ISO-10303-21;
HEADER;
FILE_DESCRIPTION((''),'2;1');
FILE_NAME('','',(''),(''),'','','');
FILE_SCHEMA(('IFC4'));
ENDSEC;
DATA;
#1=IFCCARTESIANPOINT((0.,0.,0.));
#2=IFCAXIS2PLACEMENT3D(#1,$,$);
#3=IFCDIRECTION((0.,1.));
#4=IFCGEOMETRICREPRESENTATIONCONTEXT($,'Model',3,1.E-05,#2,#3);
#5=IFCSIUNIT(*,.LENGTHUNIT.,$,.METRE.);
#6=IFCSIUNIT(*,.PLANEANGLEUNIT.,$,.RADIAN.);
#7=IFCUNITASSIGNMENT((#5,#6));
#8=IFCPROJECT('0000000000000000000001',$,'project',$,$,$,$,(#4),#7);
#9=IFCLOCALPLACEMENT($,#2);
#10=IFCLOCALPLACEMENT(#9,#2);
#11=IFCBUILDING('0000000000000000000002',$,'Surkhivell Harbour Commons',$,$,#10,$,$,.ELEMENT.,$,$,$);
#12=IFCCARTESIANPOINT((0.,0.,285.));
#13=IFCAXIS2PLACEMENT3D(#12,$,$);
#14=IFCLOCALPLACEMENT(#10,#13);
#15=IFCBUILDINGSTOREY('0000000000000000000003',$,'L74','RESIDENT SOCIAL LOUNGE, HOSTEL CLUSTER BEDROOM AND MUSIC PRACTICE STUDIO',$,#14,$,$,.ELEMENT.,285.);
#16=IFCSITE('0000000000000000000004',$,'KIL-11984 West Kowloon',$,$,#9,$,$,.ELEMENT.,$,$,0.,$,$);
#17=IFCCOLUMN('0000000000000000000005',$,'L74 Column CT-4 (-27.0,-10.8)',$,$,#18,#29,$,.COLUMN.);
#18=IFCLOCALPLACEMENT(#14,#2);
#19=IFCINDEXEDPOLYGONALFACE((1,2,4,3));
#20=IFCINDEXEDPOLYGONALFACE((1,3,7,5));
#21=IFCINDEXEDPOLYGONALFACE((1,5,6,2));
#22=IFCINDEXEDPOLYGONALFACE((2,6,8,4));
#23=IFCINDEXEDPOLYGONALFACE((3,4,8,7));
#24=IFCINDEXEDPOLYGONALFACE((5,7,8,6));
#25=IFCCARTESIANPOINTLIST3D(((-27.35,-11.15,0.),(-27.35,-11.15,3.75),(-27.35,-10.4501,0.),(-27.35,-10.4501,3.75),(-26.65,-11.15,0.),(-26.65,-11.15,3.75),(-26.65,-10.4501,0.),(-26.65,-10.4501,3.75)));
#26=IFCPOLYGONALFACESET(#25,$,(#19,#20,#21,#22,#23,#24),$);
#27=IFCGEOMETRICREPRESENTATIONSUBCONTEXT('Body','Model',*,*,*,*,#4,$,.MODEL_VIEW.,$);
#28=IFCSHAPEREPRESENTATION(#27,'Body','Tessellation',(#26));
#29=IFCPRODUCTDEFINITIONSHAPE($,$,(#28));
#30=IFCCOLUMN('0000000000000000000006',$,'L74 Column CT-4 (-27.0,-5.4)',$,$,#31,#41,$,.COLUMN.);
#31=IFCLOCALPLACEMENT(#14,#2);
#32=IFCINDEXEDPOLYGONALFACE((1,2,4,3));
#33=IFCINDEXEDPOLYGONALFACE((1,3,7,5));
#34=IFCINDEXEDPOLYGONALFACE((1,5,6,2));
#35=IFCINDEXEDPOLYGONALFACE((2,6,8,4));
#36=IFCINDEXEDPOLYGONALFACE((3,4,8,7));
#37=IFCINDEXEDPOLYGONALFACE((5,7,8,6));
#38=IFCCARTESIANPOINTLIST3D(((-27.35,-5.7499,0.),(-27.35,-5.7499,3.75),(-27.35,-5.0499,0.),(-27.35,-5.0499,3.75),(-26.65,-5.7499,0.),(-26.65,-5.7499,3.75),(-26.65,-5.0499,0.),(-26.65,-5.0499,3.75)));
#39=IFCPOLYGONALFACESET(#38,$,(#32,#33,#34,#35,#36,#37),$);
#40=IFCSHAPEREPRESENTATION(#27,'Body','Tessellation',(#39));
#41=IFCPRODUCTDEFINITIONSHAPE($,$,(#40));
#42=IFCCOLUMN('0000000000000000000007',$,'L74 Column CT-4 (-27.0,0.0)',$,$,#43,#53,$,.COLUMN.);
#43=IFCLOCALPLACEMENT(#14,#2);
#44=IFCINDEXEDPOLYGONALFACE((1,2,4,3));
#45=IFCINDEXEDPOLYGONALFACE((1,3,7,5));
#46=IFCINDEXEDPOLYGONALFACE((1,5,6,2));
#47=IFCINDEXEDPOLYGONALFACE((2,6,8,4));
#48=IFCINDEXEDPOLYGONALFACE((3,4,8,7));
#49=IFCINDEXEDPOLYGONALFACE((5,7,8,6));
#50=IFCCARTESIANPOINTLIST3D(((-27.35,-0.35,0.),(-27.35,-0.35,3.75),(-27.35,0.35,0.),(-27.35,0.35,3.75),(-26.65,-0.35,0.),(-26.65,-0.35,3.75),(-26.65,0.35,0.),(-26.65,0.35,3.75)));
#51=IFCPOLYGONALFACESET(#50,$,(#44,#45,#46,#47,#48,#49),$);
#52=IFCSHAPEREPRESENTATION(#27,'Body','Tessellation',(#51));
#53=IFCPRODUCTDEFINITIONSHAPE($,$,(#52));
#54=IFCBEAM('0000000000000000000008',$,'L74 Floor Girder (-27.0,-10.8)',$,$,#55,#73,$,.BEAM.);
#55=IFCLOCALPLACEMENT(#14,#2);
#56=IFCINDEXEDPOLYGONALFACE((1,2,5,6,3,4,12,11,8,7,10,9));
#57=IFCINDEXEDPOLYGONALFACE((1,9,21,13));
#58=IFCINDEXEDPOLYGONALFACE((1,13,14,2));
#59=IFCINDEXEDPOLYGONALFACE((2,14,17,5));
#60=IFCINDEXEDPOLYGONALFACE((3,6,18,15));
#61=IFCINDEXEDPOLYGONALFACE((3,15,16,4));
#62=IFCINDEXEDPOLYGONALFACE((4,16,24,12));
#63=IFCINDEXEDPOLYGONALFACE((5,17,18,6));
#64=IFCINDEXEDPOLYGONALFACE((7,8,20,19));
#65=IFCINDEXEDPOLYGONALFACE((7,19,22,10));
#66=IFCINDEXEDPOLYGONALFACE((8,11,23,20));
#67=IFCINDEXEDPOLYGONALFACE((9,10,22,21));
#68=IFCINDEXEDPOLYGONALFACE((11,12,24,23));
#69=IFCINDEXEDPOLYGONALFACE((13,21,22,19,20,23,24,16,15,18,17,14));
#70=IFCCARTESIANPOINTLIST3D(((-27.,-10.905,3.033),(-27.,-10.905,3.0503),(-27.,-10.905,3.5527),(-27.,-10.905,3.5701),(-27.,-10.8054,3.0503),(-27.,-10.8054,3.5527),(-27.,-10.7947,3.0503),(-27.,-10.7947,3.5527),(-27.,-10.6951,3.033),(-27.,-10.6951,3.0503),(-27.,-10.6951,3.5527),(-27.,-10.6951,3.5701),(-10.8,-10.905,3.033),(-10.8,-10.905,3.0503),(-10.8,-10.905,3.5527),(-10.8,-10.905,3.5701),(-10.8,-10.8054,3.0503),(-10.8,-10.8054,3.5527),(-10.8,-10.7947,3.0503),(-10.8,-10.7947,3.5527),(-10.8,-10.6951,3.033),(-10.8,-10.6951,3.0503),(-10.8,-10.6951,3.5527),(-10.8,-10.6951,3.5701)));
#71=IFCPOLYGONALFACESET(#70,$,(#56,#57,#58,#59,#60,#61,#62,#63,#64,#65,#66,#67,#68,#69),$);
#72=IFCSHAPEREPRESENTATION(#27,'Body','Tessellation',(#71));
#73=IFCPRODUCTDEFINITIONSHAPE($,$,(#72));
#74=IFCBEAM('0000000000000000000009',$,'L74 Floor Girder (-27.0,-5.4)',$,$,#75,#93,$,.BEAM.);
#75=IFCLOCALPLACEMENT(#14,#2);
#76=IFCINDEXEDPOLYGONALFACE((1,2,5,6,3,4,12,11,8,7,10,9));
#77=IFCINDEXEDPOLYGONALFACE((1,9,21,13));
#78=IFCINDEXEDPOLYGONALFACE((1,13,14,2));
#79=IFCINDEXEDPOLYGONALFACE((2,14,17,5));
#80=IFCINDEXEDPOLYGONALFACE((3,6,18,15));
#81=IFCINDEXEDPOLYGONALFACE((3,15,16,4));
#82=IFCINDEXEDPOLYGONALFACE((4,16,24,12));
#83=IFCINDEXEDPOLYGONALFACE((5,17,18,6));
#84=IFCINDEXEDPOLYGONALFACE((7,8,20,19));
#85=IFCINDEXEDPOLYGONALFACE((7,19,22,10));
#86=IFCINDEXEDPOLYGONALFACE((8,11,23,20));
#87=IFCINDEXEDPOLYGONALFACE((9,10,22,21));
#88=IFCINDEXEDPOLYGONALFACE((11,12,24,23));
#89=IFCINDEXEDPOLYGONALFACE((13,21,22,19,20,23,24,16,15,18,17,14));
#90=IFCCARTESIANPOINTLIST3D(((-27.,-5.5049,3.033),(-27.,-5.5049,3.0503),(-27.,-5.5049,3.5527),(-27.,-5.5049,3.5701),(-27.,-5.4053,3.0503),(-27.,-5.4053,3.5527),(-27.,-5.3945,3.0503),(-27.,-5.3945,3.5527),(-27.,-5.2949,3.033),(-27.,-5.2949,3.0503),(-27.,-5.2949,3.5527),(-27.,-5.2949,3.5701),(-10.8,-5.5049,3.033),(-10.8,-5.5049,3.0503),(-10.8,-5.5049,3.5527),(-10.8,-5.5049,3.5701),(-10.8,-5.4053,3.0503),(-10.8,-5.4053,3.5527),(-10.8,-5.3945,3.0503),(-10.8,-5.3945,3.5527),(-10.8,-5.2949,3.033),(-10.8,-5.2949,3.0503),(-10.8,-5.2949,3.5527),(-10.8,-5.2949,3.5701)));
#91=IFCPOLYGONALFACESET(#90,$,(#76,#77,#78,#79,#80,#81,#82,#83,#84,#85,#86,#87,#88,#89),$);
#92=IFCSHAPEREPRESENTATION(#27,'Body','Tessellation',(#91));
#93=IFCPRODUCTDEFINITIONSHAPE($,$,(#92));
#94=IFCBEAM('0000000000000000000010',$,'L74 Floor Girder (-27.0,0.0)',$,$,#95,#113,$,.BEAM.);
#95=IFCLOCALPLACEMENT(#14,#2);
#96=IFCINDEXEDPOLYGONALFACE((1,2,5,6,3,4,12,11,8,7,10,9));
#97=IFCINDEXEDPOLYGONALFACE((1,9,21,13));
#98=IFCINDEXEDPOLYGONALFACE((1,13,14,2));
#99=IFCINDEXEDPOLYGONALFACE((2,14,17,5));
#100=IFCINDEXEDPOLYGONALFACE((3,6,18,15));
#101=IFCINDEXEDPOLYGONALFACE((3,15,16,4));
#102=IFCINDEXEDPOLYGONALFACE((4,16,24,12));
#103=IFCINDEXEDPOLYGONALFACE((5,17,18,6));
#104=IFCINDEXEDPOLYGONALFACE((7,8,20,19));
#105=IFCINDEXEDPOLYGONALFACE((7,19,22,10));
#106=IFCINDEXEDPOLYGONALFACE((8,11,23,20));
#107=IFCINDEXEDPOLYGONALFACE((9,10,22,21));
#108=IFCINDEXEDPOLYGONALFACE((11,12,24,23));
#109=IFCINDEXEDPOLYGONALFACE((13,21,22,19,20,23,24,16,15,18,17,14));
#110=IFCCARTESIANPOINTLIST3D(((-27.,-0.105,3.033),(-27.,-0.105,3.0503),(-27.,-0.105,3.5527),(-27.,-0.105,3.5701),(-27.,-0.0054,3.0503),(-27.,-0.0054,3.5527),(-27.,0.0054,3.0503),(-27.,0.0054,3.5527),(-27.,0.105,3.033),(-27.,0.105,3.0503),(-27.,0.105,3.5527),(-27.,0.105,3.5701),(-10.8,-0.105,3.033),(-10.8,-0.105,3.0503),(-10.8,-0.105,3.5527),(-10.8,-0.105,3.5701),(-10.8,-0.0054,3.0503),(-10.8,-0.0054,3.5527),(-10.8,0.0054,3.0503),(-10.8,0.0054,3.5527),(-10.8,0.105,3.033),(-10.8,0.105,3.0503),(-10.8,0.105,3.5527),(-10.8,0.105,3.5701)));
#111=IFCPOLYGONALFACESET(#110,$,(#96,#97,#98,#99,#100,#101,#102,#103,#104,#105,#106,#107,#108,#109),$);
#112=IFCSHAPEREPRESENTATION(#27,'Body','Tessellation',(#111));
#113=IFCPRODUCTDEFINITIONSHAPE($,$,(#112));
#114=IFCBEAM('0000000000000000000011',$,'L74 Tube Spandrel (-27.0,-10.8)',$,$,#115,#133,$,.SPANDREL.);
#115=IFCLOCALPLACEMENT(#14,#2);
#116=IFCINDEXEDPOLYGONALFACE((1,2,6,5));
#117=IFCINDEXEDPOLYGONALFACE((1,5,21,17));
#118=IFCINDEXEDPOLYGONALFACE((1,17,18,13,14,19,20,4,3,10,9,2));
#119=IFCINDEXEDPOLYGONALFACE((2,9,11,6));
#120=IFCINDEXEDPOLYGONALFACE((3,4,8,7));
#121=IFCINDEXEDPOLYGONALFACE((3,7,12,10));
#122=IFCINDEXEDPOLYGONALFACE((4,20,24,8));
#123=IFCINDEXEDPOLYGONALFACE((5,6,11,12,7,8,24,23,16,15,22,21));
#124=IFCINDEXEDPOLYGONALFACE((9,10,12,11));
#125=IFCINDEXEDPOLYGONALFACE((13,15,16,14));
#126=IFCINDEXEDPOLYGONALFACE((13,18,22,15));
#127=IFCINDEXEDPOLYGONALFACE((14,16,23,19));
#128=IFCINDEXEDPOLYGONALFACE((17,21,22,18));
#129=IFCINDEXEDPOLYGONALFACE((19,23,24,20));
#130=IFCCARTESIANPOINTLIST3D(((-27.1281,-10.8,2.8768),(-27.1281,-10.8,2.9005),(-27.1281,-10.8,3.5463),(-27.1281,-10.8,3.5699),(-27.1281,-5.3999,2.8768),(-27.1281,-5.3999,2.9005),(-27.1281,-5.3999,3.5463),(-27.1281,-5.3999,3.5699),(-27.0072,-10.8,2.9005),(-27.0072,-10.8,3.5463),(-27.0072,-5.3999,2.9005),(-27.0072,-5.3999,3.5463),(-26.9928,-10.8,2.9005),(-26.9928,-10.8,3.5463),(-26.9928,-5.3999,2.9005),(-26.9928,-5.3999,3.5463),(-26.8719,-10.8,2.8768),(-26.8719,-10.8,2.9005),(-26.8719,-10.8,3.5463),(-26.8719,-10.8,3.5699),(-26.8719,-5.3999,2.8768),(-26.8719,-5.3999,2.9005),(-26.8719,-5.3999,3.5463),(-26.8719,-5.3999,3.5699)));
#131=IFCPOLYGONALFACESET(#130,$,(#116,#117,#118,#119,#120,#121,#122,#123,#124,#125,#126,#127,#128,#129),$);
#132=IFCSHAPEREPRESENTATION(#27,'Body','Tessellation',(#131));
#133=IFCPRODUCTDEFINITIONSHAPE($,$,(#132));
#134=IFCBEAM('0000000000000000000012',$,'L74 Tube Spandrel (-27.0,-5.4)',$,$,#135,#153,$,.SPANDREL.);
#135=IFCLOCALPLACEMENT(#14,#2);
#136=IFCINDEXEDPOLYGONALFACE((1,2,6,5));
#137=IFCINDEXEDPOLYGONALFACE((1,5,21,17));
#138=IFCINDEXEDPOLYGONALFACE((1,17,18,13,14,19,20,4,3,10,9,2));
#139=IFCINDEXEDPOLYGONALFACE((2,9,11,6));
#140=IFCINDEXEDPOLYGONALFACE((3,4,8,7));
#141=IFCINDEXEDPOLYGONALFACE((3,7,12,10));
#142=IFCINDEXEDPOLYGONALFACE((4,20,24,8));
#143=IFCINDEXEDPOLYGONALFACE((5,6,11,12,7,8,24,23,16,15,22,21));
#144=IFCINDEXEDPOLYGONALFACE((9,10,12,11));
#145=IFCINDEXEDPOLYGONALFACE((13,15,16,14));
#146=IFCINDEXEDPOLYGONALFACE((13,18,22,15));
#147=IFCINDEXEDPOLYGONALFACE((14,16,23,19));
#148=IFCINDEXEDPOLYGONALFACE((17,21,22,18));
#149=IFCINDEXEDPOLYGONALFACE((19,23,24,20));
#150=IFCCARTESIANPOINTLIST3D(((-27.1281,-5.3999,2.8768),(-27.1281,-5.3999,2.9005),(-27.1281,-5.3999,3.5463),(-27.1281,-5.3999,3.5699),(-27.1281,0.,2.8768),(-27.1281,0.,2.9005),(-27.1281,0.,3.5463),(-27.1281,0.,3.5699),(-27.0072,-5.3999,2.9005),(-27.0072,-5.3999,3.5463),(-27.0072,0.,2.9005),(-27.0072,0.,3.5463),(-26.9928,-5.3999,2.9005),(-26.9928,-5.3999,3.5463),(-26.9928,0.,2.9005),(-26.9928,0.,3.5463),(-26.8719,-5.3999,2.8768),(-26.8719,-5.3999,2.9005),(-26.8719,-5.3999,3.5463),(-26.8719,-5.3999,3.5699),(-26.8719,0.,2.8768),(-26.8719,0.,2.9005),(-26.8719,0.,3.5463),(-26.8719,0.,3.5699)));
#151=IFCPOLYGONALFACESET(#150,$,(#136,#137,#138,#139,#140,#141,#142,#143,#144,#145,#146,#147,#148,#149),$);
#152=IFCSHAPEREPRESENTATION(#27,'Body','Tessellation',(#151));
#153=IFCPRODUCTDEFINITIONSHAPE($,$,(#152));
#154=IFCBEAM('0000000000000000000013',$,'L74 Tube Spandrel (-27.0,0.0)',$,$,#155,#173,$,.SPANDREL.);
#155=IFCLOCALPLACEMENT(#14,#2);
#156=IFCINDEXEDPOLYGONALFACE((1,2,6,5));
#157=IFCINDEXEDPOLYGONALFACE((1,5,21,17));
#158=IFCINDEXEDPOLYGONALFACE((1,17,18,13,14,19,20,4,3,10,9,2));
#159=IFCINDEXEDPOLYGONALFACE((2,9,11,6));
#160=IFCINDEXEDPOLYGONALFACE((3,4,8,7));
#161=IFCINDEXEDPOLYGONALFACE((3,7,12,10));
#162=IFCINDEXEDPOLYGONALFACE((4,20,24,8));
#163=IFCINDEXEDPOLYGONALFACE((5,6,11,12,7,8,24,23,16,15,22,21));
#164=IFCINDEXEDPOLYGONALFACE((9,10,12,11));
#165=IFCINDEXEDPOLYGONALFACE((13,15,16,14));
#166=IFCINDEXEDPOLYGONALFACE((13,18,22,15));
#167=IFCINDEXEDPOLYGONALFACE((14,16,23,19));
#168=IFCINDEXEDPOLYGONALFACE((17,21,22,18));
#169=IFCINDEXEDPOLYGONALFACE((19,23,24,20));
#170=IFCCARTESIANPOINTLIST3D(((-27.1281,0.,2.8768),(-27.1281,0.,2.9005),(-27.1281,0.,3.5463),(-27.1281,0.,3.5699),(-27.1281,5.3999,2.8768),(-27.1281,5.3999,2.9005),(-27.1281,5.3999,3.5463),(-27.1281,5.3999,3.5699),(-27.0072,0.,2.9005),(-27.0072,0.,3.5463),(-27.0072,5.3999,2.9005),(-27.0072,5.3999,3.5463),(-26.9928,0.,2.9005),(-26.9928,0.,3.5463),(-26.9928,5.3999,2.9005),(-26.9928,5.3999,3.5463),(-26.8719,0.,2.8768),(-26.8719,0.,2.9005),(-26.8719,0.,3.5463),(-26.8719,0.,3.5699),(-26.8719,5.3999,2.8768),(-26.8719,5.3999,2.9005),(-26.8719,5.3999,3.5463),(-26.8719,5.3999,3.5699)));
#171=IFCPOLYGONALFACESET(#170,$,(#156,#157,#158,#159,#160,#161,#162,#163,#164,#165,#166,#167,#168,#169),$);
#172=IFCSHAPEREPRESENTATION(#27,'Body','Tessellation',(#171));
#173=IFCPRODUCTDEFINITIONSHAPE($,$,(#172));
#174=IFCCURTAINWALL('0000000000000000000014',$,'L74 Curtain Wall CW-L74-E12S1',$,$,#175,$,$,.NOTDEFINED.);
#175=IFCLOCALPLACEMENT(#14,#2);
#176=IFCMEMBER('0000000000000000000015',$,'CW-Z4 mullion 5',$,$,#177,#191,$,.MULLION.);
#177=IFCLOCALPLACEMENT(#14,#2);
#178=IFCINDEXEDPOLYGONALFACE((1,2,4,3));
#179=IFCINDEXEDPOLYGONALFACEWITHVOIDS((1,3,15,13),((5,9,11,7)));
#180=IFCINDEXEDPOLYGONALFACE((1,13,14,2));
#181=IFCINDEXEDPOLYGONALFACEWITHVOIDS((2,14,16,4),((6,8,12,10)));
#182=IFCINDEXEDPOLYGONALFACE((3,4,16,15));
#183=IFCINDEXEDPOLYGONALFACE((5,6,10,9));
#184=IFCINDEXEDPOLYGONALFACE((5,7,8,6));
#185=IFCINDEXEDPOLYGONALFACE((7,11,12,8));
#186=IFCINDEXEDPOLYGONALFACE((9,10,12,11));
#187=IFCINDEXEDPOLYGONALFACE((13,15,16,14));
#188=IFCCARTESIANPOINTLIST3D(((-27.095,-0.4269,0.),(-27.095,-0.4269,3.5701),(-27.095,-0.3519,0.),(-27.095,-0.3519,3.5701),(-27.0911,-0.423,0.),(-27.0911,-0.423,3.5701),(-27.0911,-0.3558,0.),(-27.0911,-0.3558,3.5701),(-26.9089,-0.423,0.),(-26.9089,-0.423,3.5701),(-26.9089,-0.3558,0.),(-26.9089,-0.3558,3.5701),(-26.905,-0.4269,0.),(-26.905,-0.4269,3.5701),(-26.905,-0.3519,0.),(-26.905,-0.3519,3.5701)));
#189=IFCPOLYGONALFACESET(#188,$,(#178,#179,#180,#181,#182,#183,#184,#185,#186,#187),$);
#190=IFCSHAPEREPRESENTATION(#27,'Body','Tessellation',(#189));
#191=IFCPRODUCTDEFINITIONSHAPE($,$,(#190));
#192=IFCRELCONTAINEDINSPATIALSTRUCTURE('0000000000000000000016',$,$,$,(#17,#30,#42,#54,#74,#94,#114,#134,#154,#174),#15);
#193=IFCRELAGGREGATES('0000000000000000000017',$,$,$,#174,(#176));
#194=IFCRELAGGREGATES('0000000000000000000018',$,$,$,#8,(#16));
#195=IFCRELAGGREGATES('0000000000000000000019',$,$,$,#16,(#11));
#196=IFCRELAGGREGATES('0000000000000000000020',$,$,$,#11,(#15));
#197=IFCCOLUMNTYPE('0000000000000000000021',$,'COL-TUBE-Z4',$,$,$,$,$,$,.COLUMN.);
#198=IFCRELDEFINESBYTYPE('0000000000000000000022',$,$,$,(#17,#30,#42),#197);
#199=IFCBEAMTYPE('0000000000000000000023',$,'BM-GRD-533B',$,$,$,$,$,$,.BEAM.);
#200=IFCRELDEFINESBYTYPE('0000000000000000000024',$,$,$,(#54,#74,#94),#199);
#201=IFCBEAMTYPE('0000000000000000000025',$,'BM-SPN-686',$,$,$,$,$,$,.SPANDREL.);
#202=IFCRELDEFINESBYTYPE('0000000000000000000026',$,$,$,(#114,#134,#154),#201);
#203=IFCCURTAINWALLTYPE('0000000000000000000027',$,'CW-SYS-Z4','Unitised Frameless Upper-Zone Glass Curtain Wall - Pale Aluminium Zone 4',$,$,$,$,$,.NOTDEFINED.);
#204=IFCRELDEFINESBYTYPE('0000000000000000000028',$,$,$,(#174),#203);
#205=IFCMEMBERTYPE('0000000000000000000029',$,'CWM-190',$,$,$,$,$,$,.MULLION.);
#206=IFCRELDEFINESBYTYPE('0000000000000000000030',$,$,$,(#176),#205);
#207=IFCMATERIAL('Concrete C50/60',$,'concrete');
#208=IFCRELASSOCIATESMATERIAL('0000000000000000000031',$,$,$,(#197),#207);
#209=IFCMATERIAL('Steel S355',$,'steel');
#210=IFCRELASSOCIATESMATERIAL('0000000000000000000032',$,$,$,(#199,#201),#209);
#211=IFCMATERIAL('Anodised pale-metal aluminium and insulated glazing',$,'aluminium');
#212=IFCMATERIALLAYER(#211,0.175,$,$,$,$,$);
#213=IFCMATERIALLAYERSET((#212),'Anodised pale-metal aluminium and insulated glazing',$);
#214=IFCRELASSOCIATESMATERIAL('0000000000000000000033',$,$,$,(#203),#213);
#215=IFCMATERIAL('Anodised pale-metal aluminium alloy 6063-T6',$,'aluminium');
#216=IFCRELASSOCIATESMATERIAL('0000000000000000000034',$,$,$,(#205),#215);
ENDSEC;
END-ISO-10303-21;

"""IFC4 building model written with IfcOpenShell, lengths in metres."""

from ifc_helpers import new_model, si_unit, direction, frame, origin, origin_2d, place, context, subcontext, project, spatial, rectangle, hollow_rectangle, i_section, extrude, material, layer, layer_set, material_profile, profile_set, type_object, element, aggregate, save


model = new_model("IFC4")

# Units and contexts
model_context = context("Model", 3, precision=1e-05, world=origin(), true_north=direction((0.0, 1.0)))
body_context = subcontext(model_context, "Body", "Model", "MODEL_VIEW")
ifc_project = project(units=[si_unit("LENGTHUNIT", "METRE"), si_unit("PLANEANGLEUNIT", "RADIAN")], contexts=[model_context])

# Site, building, storey
site_placement = place(None, origin())
site = spatial("IfcSite", under=ifc_project, at=site_placement, Name="KIL-11984 West Kowloon", CompositionType="ELEMENT", RefElevation=0.0)
building_placement = place(site_placement, origin())
building = spatial("IfcBuilding", under=site, at=building_placement, Name="Surkhivell Harbour Commons", CompositionType="ELEMENT")
storey_placement = place(building_placement, frame((0.0, 0.0, 285.0)))
storey = spatial("IfcBuildingStorey", under=building, at=storey_placement, Name="L74", Description="RESIDENT SOCIAL LOUNGE, HOSTEL CLUSTER BEDROOM AND MUSIC PRACTICE STUDIO", CompositionType="ELEMENT", Elevation=285.0)

# Columns
ifc_material_1 = material(Name="Concrete C50/60", Category="concrete")
ifc_material_profile_1 = material_profile(ifc_material_1, rectangle(XDim=0.7, YDim=0.7, at=origin_2d()), Name="RC-COL-700x700")
ifc_profile_set_1 = profile_set([ifc_material_profile_1], Name="Concrete C50/60")
column_type = type_object("IfcColumnType", Name="COL-TUBE-Z4", PredefinedType="COLUMN", material=ifc_profile_set_1)
for number, where, z_axis, x_axis, name in (
    (1, (-27.0, -10.8, 0.0), (0.0, 0.0, 1.0), (1.0, 0.0, 0.0), "L74 Column CT-4 (-27.0,-10.8)"),
    (2, (-27.0, -5.3999, 0.0), (0.0, 0.0, 1.0), (1.0, 0.0, 0.0), "L74 Column CT-4 (-27.0,-5.4)"),
    (3, (-27.0, 0.0, 0.0), (0.0, 0.0, 1.0), (1.0, 0.0, 0.0), "L74 Column CT-4 (-27.0,0.0)"),
):
    element("IfcColumn", number, at=place(storey_placement, frame(where, z_axis=z_axis, x_axis=x_axis)), inside=storey, type_object=column_type, Name=name, PredefinedType="COLUMN", context=body_context, shape_type="SweptSolid", body=[
        extrude(rectangle(XDim=0.7, YDim=0.7, at=origin_2d()), origin(), (0.0, 0.0, 1.0), 3.75),
    ])

# Beams
ifc_material_2 = material(Name="Steel S355", Category="steel")
ifc_material_profile_2 = material_profile(ifc_material_2, i_section(OverallWidth=0.21, OverallDepth=0.5371, WebThickness=0.0107, FlangeThickness=0.0173, at=origin_2d()), Name="UB533x210x101")
ifc_profile_set_2 = profile_set([ifc_material_profile_2], Name="Steel S355")
beam_type_1 = type_object("IfcBeamType", Name="BM-GRD-533B", PredefinedType="BEAM", material=ifc_profile_set_2)
for number, where, z_axis, x_axis, name in (
    (4, (-27.0, -10.8, 3.3015), (1.0, 0.0, 0.0), (0.0, 1.0, 0.0), "L74 Floor Girder (-27.0,-10.8)"),
    (5, (-27.0, -5.3999, 3.3015), (1.0, 0.0, 0.0), (0.0, 1.0, 0.0), "L74 Floor Girder (-27.0,-5.4)"),
    (6, (-27.0, 0.0, 3.3015), (1.0, 0.0, 0.0), (0.0, 1.0, 0.0), "L74 Floor Girder (-27.0,0.0)"),
):
    element("IfcBeam", number, at=place(storey_placement, frame(where, z_axis=z_axis, x_axis=x_axis)), inside=storey, type_object=beam_type_1, Name=name, PredefinedType="BEAM", context=body_context, shape_type="SweptSolid", body=[
        extrude(i_section(OverallWidth=0.21, OverallDepth=0.5371, WebThickness=0.0107, FlangeThickness=0.0173, at=origin_2d()), origin(), (0.0, 0.0, 1.0), 16.2),
    ])
ifc_material_profile_3 = material_profile(ifc_material_2, i_section(OverallWidth=0.2561, OverallDepth=0.6931, WebThickness=0.0144, FlangeThickness=0.0237, at=origin_2d()), Name="UB686x254x170")
ifc_profile_set_3 = profile_set([ifc_material_profile_3], Name="Steel S355")
beam_type_2 = type_object("IfcBeamType", Name="BM-SPN-686", PredefinedType="SPANDREL", material=ifc_profile_set_3)
beam_placement = place(storey_placement, frame((-27.0, -10.8, 3.2234), z_axis=(0.0, 1.0, 0.0), x_axis=(-1.0, 0.0, 0.0)))
element("IfcBeam", 7, at=beam_placement, inside=storey, type_object=beam_type_2, Name="L74 Tube Spandrel (-27.0,-10.8)", PredefinedType="SPANDREL", context=body_context, shape_type="SweptSolid", body=[
    extrude(i_section(OverallWidth=0.2561, OverallDepth=0.6931, WebThickness=0.0144, FlangeThickness=0.0237, at=origin_2d()), origin(), (0.0, 0.0, 1.0), 5.4001),
])
for number, where, z_axis, x_axis, name in (
    (8, (-27.0, -5.3999, 3.2234), (0.0, 1.0, 0.0), (-1.0, 0.0, 0.0), "L74 Tube Spandrel (-27.0,-5.4)"),
    (9, (-27.0, 0.0, 3.2234), (0.0, 1.0, 0.0), (-1.0, 0.0, 0.0), "L74 Tube Spandrel (-27.0,0.0)"),
):
    element("IfcBeam", number, at=place(storey_placement, frame(where, z_axis=z_axis, x_axis=x_axis)), inside=storey, type_object=beam_type_2, Name=name, PredefinedType="SPANDREL", context=body_context, shape_type="SweptSolid", body=[
        extrude(i_section(OverallWidth=0.2561, OverallDepth=0.6931, WebThickness=0.0144, FlangeThickness=0.0237, at=origin_2d()), origin(), (0.0, 0.0, 1.0), 5.3999),
    ])

# Curtain wall, member
ifc_material_3 = material(Name="Anodised pale-metal aluminium and insulated glazing", Category="aluminium")
ifc_layer_1 = layer(ifc_material_3, 0.175)
ifc_layer_set_1 = layer_set([ifc_layer_1], Name="Anodised pale-metal aluminium and insulated glazing")
curtain_wall_type = type_object("IfcCurtainWallType", Name="CW-SYS-Z4", Description="Unitised Frameless Upper-Zone Glass Curtain Wall - Pale Aluminium Zone 4", PredefinedType="NOTDEFINED", material=ifc_layer_set_1)
curtain_wall_placement = place(storey_placement, origin())
curtain_wall = element("IfcCurtainWall", 10, at=curtain_wall_placement, inside=storey, type_object=curtain_wall_type, Name="L74 Curtain Wall CW-L74-E12S1", PredefinedType="NOTDEFINED")
ifc_material_4 = material(Name="Anodised pale-metal aluminium alloy 6063-T6", Category="aluminium")
ifc_material_profile_4 = material_profile(ifc_material_4, hollow_rectangle(XDim=0.075, YDim=0.1899, WallThickness=0.0039, at=origin_2d()), Name="ALU-MULL-75x190")
ifc_profile_set_4 = profile_set([ifc_material_profile_4], Name="Anodised pale-metal aluminium alloy 6063-T6")
member_type_1 = type_object("IfcMemberType", Name="CWM-190", PredefinedType="MULLION", material=ifc_profile_set_4)
member_1_placement = place(storey_placement, frame((-27.0, -0.3894, 0.0), z_axis=(0.0, 0.0, 1.0), x_axis=(0.0, -1.0, 0.0)))
member_1 = element("IfcMember", 11, at=member_1_placement, type_object=member_type_1, Name="CW-Z4 mullion 5", PredefinedType="MULLION", context=body_context, shape_type="SweptSolid", body=[
    extrude(hollow_rectangle(XDim=0.075, YDim=0.1899, WallThickness=0.0039, at=origin_2d()), origin(), (0.0, 0.0, 1.0), 3.5701),
])

aggregate(curtain_wall, [member_1])

save(model, "model.ifc")
